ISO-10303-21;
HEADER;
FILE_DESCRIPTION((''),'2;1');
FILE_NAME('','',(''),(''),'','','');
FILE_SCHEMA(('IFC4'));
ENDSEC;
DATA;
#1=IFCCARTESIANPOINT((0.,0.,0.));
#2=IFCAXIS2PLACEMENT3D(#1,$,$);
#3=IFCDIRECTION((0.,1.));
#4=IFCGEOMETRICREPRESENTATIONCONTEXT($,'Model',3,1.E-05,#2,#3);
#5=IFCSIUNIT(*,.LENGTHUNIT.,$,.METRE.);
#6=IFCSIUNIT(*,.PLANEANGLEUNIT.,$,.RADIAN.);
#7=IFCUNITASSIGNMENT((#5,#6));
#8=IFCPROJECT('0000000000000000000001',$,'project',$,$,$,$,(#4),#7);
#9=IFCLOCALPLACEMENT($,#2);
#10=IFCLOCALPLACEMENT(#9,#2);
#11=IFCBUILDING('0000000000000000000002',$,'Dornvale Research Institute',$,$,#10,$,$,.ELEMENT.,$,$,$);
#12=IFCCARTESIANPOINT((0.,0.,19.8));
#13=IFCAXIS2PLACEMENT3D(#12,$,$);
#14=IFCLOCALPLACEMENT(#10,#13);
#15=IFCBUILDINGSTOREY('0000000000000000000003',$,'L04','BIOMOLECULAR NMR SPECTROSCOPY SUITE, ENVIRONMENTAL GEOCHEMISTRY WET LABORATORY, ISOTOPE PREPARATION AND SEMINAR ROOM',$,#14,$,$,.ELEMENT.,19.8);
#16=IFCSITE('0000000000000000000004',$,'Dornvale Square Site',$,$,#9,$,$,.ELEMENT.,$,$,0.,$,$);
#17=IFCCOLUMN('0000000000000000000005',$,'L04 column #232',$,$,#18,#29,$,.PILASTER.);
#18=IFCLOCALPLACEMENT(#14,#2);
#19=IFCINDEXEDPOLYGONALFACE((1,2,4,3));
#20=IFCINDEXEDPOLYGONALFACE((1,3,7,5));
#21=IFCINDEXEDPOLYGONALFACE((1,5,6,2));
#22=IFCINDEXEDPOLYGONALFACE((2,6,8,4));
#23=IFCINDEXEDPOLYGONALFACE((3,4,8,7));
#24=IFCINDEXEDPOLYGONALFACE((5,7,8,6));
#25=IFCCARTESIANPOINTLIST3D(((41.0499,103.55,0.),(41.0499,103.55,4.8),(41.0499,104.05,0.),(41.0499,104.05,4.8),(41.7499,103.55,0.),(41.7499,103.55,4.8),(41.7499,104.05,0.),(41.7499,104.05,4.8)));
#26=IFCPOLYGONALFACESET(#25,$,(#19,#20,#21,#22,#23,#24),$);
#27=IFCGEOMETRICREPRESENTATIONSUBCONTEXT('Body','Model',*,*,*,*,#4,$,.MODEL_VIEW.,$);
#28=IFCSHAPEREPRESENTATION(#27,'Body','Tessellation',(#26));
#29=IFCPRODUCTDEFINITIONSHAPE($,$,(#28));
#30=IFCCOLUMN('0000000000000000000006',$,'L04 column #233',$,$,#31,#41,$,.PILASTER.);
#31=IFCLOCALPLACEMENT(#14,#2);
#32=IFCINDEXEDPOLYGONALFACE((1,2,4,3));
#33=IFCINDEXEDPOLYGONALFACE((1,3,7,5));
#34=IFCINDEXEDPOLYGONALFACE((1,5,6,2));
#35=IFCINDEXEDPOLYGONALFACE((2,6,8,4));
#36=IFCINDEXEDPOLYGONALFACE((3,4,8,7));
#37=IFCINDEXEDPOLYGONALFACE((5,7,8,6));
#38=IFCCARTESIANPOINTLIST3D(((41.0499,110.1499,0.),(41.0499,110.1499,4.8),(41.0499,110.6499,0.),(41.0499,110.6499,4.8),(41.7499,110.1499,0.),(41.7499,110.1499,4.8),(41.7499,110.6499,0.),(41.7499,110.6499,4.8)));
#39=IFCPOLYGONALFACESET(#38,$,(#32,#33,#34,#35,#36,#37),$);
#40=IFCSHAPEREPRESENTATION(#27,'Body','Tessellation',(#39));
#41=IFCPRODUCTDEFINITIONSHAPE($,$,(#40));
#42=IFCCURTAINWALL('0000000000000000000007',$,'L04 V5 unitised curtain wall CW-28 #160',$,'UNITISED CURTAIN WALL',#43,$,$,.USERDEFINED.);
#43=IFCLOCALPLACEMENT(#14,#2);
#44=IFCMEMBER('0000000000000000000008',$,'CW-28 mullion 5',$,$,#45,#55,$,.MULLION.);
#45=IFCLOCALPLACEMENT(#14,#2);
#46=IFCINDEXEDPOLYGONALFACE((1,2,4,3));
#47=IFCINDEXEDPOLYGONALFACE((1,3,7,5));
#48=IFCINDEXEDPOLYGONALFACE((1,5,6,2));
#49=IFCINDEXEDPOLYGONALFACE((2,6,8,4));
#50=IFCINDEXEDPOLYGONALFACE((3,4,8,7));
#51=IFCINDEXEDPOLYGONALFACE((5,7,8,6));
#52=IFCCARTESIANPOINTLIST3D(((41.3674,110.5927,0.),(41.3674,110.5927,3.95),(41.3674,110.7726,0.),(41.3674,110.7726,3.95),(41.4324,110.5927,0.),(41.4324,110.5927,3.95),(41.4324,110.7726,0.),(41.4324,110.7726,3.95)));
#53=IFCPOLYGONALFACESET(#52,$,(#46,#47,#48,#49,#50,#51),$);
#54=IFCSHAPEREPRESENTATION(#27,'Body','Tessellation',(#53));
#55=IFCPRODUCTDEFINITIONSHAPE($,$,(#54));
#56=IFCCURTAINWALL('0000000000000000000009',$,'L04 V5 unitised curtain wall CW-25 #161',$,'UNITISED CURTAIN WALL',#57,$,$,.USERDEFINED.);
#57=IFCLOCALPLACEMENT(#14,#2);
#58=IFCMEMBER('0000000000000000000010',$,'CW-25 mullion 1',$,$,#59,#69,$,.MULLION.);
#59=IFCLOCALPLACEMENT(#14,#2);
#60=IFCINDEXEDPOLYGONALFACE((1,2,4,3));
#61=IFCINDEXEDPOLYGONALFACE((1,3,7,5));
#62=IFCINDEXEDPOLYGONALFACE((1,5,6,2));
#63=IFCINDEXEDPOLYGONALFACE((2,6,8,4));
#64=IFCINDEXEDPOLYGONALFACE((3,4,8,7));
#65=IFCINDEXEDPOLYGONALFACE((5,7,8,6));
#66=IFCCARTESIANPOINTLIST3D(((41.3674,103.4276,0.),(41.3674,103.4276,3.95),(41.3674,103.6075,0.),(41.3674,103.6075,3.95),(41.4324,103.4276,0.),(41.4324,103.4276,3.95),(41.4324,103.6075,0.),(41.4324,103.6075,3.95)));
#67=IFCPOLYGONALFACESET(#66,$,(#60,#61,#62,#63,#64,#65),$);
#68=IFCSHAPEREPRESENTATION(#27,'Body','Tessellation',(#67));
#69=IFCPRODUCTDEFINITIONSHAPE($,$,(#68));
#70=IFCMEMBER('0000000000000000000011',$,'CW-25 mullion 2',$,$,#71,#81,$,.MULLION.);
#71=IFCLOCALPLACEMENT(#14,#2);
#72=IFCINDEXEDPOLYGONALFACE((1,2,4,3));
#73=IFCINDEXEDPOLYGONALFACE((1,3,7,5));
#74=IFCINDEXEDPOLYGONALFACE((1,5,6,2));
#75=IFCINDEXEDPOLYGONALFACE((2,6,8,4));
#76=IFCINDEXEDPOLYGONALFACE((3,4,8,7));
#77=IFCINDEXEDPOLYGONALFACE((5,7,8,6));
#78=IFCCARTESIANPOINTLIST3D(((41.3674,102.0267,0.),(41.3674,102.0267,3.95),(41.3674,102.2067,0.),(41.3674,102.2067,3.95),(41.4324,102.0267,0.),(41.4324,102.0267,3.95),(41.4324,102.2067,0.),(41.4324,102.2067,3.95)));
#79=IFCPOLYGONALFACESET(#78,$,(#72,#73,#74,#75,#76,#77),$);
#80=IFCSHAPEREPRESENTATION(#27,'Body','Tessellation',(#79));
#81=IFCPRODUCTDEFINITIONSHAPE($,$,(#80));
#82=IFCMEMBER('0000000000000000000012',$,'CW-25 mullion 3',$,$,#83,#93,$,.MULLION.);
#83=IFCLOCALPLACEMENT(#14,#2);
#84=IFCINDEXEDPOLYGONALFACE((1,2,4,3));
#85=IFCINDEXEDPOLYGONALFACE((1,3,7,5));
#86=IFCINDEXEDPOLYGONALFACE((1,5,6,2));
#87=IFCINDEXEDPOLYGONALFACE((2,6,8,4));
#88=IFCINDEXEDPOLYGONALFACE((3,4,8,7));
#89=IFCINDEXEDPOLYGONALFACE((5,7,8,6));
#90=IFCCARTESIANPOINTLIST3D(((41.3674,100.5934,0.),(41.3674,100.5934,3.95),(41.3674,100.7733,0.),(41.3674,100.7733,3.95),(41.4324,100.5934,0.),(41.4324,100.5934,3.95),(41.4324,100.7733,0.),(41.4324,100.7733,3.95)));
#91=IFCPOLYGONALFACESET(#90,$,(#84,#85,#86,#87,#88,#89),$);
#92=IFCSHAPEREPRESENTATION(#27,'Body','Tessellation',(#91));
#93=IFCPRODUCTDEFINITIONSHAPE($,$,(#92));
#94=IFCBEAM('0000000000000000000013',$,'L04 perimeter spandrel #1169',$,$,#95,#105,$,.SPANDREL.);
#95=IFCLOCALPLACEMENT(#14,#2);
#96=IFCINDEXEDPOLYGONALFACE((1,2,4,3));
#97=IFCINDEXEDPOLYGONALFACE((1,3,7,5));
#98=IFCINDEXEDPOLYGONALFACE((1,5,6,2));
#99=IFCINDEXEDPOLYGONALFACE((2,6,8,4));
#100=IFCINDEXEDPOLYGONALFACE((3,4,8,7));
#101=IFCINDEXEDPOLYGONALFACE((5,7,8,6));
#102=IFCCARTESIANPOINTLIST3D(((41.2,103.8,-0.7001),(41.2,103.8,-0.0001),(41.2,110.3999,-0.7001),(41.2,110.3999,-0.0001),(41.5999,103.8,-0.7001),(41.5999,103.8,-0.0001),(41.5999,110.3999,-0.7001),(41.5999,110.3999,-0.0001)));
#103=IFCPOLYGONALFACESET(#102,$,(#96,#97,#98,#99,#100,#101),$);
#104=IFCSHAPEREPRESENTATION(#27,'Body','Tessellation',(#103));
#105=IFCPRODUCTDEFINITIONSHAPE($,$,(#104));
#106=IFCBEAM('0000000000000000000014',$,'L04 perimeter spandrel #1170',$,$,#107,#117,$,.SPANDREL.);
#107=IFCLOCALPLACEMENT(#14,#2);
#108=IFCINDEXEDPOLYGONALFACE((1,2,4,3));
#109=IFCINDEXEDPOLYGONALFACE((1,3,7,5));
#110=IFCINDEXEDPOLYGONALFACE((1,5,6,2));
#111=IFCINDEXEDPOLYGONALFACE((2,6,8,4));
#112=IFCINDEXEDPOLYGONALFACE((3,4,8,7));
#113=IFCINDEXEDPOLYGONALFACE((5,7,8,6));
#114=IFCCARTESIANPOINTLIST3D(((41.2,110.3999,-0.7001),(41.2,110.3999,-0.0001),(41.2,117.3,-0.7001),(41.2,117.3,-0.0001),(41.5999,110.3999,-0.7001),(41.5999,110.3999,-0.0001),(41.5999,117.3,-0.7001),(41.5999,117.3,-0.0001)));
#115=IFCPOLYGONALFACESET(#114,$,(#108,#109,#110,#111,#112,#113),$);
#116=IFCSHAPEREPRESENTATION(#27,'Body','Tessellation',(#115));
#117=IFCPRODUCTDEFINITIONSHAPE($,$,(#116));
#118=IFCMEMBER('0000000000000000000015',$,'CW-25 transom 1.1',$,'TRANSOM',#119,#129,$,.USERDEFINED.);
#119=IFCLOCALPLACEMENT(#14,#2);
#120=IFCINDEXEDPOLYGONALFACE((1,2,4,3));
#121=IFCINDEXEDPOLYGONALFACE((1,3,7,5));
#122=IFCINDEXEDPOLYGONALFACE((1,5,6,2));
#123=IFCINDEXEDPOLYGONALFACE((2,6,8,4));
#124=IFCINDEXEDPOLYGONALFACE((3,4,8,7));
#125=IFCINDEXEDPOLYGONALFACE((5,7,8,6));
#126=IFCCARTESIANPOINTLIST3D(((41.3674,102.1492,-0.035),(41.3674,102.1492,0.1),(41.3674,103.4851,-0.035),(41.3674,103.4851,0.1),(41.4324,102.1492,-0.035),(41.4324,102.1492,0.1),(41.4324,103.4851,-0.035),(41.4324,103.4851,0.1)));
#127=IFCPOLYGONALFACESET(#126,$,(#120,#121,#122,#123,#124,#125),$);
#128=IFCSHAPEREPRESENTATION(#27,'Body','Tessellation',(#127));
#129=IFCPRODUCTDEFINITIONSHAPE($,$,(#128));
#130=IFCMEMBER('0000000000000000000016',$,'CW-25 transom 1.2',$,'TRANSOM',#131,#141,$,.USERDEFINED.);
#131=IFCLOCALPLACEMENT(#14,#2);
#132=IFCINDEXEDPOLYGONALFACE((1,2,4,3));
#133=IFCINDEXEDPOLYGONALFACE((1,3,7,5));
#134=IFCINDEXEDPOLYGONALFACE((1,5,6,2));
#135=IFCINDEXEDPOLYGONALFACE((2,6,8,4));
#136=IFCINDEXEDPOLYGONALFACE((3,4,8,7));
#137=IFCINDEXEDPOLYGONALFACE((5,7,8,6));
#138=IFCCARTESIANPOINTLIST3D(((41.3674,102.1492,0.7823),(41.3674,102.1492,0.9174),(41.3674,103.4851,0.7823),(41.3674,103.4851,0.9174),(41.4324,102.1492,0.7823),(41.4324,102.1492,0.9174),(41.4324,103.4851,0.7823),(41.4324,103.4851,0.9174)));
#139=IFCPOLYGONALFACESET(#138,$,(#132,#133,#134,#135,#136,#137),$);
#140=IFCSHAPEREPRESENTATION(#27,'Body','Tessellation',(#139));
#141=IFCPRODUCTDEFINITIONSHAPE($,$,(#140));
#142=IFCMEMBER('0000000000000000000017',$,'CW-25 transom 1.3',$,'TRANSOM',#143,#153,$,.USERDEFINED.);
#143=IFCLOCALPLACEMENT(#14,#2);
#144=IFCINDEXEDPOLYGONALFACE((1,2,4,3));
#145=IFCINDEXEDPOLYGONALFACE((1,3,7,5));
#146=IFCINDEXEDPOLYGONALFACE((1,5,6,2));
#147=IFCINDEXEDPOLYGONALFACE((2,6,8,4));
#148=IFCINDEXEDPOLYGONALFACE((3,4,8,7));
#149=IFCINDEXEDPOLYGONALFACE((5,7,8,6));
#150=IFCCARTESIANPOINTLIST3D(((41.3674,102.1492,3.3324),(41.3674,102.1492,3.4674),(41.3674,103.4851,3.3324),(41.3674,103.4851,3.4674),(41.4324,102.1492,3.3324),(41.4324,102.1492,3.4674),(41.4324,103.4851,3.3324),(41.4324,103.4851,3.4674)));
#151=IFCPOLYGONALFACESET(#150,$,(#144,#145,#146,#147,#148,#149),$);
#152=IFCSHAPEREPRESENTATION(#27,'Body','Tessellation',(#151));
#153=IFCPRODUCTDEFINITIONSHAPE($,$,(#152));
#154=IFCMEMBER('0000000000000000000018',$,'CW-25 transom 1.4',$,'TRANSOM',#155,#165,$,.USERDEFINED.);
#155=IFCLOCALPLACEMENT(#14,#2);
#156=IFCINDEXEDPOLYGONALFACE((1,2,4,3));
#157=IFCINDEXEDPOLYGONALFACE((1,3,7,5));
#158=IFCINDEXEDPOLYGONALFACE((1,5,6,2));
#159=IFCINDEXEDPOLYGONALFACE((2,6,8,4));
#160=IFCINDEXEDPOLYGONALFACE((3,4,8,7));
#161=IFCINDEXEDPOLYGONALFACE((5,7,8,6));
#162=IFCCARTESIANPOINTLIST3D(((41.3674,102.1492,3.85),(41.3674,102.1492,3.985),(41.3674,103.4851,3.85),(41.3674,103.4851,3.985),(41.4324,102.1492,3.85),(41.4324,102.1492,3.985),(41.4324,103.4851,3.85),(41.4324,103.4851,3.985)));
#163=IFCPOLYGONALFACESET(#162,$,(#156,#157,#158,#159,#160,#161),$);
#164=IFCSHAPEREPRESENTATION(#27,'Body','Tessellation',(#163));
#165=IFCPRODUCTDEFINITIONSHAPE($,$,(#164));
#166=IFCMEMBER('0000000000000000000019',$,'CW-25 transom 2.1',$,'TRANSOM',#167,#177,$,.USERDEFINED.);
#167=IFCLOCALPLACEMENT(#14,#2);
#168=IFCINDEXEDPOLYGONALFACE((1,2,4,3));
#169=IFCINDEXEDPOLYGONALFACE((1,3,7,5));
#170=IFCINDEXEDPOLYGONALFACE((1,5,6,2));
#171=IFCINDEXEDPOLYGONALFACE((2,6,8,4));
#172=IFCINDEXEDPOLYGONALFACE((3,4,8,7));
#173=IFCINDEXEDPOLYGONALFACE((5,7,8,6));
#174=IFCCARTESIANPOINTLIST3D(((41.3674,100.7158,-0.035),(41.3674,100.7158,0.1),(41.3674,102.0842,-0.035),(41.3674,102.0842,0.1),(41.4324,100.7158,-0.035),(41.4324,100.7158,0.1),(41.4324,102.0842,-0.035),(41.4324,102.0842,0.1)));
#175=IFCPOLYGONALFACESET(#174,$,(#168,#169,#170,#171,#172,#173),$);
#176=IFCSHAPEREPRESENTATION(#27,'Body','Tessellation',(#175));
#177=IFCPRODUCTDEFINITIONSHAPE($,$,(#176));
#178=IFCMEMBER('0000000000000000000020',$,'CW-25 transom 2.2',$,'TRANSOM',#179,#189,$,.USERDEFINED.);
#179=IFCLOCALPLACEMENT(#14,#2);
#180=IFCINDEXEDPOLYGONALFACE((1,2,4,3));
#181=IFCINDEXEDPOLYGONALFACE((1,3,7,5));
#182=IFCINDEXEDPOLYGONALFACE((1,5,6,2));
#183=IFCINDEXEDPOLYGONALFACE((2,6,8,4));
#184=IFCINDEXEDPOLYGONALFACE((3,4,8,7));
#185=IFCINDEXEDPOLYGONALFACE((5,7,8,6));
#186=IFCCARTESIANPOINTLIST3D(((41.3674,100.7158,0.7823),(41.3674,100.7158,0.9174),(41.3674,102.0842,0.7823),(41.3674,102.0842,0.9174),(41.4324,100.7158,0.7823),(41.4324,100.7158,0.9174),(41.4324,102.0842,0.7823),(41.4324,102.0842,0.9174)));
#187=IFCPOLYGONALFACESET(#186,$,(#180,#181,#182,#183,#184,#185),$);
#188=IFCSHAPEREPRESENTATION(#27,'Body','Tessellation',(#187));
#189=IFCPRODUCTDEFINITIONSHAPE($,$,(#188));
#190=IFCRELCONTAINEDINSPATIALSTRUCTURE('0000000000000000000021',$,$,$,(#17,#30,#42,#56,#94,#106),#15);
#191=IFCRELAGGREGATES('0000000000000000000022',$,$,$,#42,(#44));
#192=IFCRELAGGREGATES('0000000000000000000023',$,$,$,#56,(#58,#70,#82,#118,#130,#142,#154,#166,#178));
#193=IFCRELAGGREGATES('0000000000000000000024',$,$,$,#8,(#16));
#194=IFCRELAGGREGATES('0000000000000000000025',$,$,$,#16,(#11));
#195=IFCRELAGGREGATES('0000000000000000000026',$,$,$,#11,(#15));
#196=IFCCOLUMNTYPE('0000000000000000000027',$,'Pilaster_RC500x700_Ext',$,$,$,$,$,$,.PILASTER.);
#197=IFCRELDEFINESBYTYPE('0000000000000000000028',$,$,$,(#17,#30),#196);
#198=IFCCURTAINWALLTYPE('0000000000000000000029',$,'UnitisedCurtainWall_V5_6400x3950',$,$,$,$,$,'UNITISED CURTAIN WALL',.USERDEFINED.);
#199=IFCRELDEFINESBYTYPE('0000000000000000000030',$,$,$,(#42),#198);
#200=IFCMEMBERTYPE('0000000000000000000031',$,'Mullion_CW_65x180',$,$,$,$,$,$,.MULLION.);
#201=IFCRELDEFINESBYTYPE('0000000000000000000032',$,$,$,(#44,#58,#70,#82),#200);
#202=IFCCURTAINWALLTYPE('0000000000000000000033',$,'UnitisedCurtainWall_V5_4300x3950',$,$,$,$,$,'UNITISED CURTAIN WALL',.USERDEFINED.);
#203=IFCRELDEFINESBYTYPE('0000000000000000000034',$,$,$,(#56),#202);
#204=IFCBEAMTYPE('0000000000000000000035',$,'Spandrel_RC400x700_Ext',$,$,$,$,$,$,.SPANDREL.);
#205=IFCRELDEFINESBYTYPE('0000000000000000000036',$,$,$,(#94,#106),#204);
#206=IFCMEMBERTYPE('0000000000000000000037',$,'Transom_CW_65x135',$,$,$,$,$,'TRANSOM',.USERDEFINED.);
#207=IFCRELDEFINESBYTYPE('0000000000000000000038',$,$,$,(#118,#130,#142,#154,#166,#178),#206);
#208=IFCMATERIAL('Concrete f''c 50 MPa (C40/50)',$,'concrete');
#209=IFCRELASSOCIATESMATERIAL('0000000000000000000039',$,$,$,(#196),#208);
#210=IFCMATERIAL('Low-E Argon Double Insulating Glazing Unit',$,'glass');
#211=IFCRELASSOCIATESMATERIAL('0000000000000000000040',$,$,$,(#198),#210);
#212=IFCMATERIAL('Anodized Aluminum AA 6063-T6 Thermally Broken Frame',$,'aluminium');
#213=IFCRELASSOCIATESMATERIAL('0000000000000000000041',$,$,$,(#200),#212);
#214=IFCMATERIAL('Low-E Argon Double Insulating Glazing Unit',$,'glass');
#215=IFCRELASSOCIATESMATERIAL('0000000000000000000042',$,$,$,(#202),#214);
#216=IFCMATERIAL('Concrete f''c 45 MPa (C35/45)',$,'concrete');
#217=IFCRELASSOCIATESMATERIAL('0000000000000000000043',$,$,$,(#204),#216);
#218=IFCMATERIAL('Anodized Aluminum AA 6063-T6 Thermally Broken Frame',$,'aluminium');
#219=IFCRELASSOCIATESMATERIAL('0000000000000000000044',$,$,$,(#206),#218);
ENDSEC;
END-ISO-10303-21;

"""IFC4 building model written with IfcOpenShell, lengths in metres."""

from ifc_helpers import new_model, si_unit, direction, frame, origin, origin_2d, place, context, subcontext, project, spatial, rectangle, extrude, material, material_profile, profile_set, type_object, element, aggregate, save


model = new_model("IFC4")

# Units and contexts
model_context = context("Model", 3, precision=1e-05, world=origin(), true_north=direction((0.0, 1.0)))
body_context = subcontext(model_context, "Body", "Model", "MODEL_VIEW")
ifc_project = project(units=[si_unit("LENGTHUNIT", "METRE"), si_unit("PLANEANGLEUNIT", "RADIAN")], contexts=[model_context])

# Site, building, storey
site_placement = place(None, origin())
site = spatial("IfcSite", under=ifc_project, at=site_placement, Name="Dornvale Square Site", CompositionType="ELEMENT", RefElevation=0.0)
building_placement = place(site_placement, origin())
building = spatial("IfcBuilding", under=site, at=building_placement, Name="Dornvale Research Institute", CompositionType="ELEMENT")
storey_placement = place(building_placement, frame((0.0, 0.0, 19.8)))
storey = spatial("IfcBuildingStorey", under=building, at=storey_placement, Name="L04", Description="BIOMOLECULAR NMR SPECTROSCOPY SUITE, ENVIRONMENTAL GEOCHEMISTRY WET LABORATORY, ISOTOPE PREPARATION AND SEMINAR ROOM", CompositionType="ELEMENT", Elevation=19.8)

# Columns
ifc_material_1 = material(Name="Concrete f'c 50 MPa (C40/50)", Category="concrete")
ifc_material_profile_1 = material_profile(ifc_material_1, rectangle(XDim=0.5, YDim=0.7, at=origin_2d()), Name="RC 500x700")
ifc_profile_set_1 = profile_set([ifc_material_profile_1], Name="Concrete f'c 50 MPa (C40/50)")
column_type = type_object("IfcColumnType", Name="Pilaster_RC500x700_Ext", PredefinedType="PILASTER", material=ifc_profile_set_1)
for number, where, z_axis, x_axis, name in (
    (1, (41.3999, 103.8, 0.0), (0.0, 0.0, 1.0), (0.0, 1.0, 0.0), "L04 column #232"),
    (2, (41.3999, 110.3999, 0.0), (0.0, 0.0, 1.0), (0.0, 1.0, 0.0), "L04 column #233"),
):
    element("IfcColumn", number, at=place(storey_placement, frame(where, z_axis=z_axis, x_axis=x_axis)), inside=storey, type_object=column_type, Name=name, PredefinedType="PILASTER", context=body_context, shape_type="SweptSolid", body=[
        extrude(rectangle(XDim=0.5, YDim=0.7, at=origin_2d()), origin(), (0.0, 0.0, 1.0), 4.8),
    ])

# Curtain wall, member
ifc_material_2 = material(Name="Low-E Argon Double Insulating Glazing Unit", Category="glass")
curtain_wall_type_1 = type_object("IfcCurtainWallType", Name="UnitisedCurtainWall_V5_6400x3950", ElementType="UNITISED CURTAIN WALL", PredefinedType="USERDEFINED", material=ifc_material_2)
curtain_wall_1_placement = place(storey_placement, origin())
curtain_wall_1 = element("IfcCurtainWall", 3, at=curtain_wall_1_placement, inside=storey, type_object=curtain_wall_type_1, Name="L04 V5 unitised curtain wall CW-28 #160", ObjectType="UNITISED CURTAIN WALL", PredefinedType="USERDEFINED")
ifc_material_3 = material(Name="Anodized Aluminum AA 6063-T6 Thermally Broken Frame", Category="aluminium")
ifc_material_profile_2 = material_profile(ifc_material_3, rectangle(XDim=0.0649, YDim=0.1799, at=origin_2d()), Name="ALU MULLION 65x180")
ifc_profile_set_2 = profile_set([ifc_material_profile_2], Name="Anodized Aluminum AA 6063-T6 Thermally Broken Frame")
member_type_1 = type_object("IfcMemberType", Name="Mullion_CW_65x180", PredefinedType="MULLION", material=ifc_profile_set_2)
member_1_placement = place(storey_placement, frame((41.3999, 110.6826, 0.0), z_axis=(0.0, 0.0, 1.0), x_axis=(1.0, 0.0, 0.0)))
member_1 = element("IfcMember", 4, at=member_1_placement, type_object=member_type_1, Name="CW-28 mullion 5", PredefinedType="MULLION", context=body_context, shape_type="SweptSolid", body=[
    extrude(rectangle(XDim=0.0649, YDim=0.1799, at=origin_2d()), origin(), (0.0, 0.0, 1.0), 3.95),
])

# Curtain wall, members
ifc_material_4 = material(Name="Low-E Argon Double Insulating Glazing Unit", Category="glass")
curtain_wall_type_2 = type_object("IfcCurtainWallType", Name="UnitisedCurtainWall_V5_4300x3950", ElementType="UNITISED CURTAIN WALL", PredefinedType="USERDEFINED", material=ifc_material_4)
curtain_wall_2_placement = place(storey_placement, origin())
curtain_wall_2 = element("IfcCurtainWall", 5, at=curtain_wall_2_placement, inside=storey, type_object=curtain_wall_type_2, Name="L04 V5 unitised curtain wall CW-25 #161", ObjectType="UNITISED CURTAIN WALL", PredefinedType="USERDEFINED")
member_2_placement = place(storey_placement, frame((41.3999, 103.5176, 0.0), z_axis=(0.0, 0.0, 1.0), x_axis=(1.0, 0.0, 0.0)))
member_2 = element("IfcMember", 6, at=member_2_placement, type_object=member_type_1, Name="CW-25 mullion 1", PredefinedType="MULLION", context=body_context, shape_type="SweptSolid", body=[
    extrude(rectangle(XDim=0.0649, YDim=0.1799, at=origin_2d()), origin(), (0.0, 0.0, 1.0), 3.95),
])
member_3_placement = place(storey_placement, frame((41.3999, 102.1167, 0.0), z_axis=(0.0, 0.0, 1.0), x_axis=(1.0, 0.0, 0.0)))
member_3 = element("IfcMember", 7, at=member_3_placement, type_object=member_type_1, Name="CW-25 mullion 2", PredefinedType="MULLION", context=body_context, shape_type="SweptSolid", body=[
    extrude(rectangle(XDim=0.0649, YDim=0.1799, at=origin_2d()), origin(), (0.0, 0.0, 1.0), 3.95),
])
member_4_placement = place(storey_placement, frame((41.3999, 100.6833, 0.0), z_axis=(0.0, 0.0, 1.0), x_axis=(1.0, 0.0, 0.0)))
member_4 = element("IfcMember", 8, at=member_4_placement, type_object=member_type_1, Name="CW-25 mullion 3", PredefinedType="MULLION", context=body_context, shape_type="SweptSolid", body=[
    extrude(rectangle(XDim=0.0649, YDim=0.1799, at=origin_2d()), origin(), (0.0, 0.0, 1.0), 3.95),
])

# Beams
ifc_material_5 = material(Name="Concrete f'c 45 MPa (C35/45)", Category="concrete")
ifc_material_profile_3 = material_profile(ifc_material_5, rectangle(XDim=0.3999, YDim=0.7, at=origin_2d()), Name="RC 400x700")
ifc_profile_set_3 = profile_set([ifc_material_profile_3], Name="Concrete f'c 45 MPa (C35/45)")
beam_type = type_object("IfcBeamType", Name="Spandrel_RC400x700_Ext", PredefinedType="SPANDREL", material=ifc_profile_set_3)
beam_1_placement = place(storey_placement, frame((41.3999, 103.8, -0.3501), z_axis=(0.0, 1.0, 0.0), x_axis=(-1.0, 0.0, 0.0)))
element("IfcBeam", 9, at=beam_1_placement, inside=storey, type_object=beam_type, Name="L04 perimeter spandrel #1169", PredefinedType="SPANDREL", context=body_context, shape_type="SweptSolid", body=[
    extrude(rectangle(XDim=0.3999, YDim=0.7, at=origin_2d()), origin(), (0.0, 0.0, 1.0), 6.5999),
])
beam_2_placement = place(storey_placement, frame((41.3999, 110.3999, -0.3501), z_axis=(0.0, 1.0, 0.0), x_axis=(-1.0, 0.0, 0.0)))
element("IfcBeam", 10, at=beam_2_placement, inside=storey, type_object=beam_type, Name="L04 perimeter spandrel #1170", PredefinedType="SPANDREL", context=body_context, shape_type="SweptSolid", body=[
    extrude(rectangle(XDim=0.3999, YDim=0.7, at=origin_2d()), origin(), (0.0, 0.0, 1.0), 6.9001),
])

# Members
ifc_material_6 = material(Name="Anodized Aluminum AA 6063-T6 Thermally Broken Frame", Category="aluminium")
ifc_material_profile_4 = material_profile(ifc_material_6, rectangle(XDim=0.0649, YDim=0.135, at=origin_2d()), Name="ALU TRANSOM 65x135")
ifc_profile_set_4 = profile_set([ifc_material_profile_4], Name="Anodized Aluminum AA 6063-T6 Thermally Broken Frame")
member_type_2 = type_object("IfcMemberType", Name="Transom_CW_65x135", ElementType="TRANSOM", PredefinedType="USERDEFINED", material=ifc_profile_set_4)
member_5_placement = place(storey_placement, frame((41.3999, 103.4851, 0.0325), z_axis=(0.0, -1.0, 0.0), x_axis=(1.0, 0.0, 0.0)))
member_5 = element("IfcMember", 11, at=member_5_placement, type_object=member_type_2, Name="CW-25 transom 1.1", ObjectType="TRANSOM", PredefinedType="USERDEFINED", context=body_context, shape_type="SweptSolid", body=[
    extrude(rectangle(XDim=0.0649, YDim=0.135, at=origin_2d()), origin(), (0.0, 0.0, 1.0), 1.3359),
])
member_6_placement = place(storey_placement, frame((41.3999, 103.4851, 0.8499), z_axis=(0.0, -1.0, 0.0), x_axis=(1.0, 0.0, 0.0)))
member_6 = element("IfcMember", 12, at=member_6_placement, type_object=member_type_2, Name="CW-25 transom 1.2", ObjectType="TRANSOM", PredefinedType="USERDEFINED", context=body_context, shape_type="SweptSolid", body=[
    extrude(rectangle(XDim=0.0649, YDim=0.135, at=origin_2d()), origin(), (0.0, 0.0, 1.0), 1.3359),
])
member_7_placement = place(storey_placement, frame((41.3999, 103.4851, 3.3999), z_axis=(0.0, -1.0, 0.0), x_axis=(1.0, 0.0, 0.0)))
member_7 = element("IfcMember", 13, at=member_7_placement, type_object=member_type_2, Name="CW-25 transom 1.3", ObjectType="TRANSOM", PredefinedType="USERDEFINED", context=body_context, shape_type="SweptSolid", body=[
    extrude(rectangle(XDim=0.0649, YDim=0.135, at=origin_2d()), origin(), (0.0, 0.0, 1.0), 1.3359),
])
member_8_placement = place(storey_placement, frame((41.3999, 103.4851, 3.9175), z_axis=(0.0, -1.0, 0.0), x_axis=(1.0, 0.0, 0.0)))
member_8 = element("IfcMember", 14, at=member_8_placement, type_object=member_type_2, Name="CW-25 transom 1.4", ObjectType="TRANSOM", PredefinedType="USERDEFINED", context=body_context, shape_type="SweptSolid", body=[
    extrude(rectangle(XDim=0.0649, YDim=0.135, at=origin_2d()), origin(), (0.0, 0.0, 1.0), 1.3359),
])
member_9_placement = place(storey_placement, frame((41.3999, 102.0842, 0.0325), z_axis=(0.0, -1.0, 0.0), x_axis=(1.0, 0.0, 0.0)))
member_9 = element("IfcMember", 15, at=member_9_placement, type_object=member_type_2, Name="CW-25 transom 2.1", ObjectType="TRANSOM", PredefinedType="USERDEFINED", context=body_context, shape_type="SweptSolid", body=[
    extrude(rectangle(XDim=0.0649, YDim=0.135, at=origin_2d()), origin(), (0.0, 0.0, 1.0), 1.3684),
])
member_10_placement = place(storey_placement, frame((41.3999, 102.0842, 0.8499), z_axis=(0.0, -1.0, 0.0), x_axis=(1.0, 0.0, 0.0)))
member_10 = element("IfcMember", 16, at=member_10_placement, type_object=member_type_2, Name="CW-25 transom 2.2", ObjectType="TRANSOM", PredefinedType="USERDEFINED", context=body_context, shape_type="SweptSolid", body=[
    extrude(rectangle(XDim=0.0649, YDim=0.135, at=origin_2d()), origin(), (0.0, 0.0, 1.0), 1.3684),
])

aggregate(curtain_wall_1, [member_1])
aggregate(curtain_wall_2, [member_2, member_3, member_4, member_5, member_6, member_7, member_8, member_9, member_10])

save(model, "model.ifc")
